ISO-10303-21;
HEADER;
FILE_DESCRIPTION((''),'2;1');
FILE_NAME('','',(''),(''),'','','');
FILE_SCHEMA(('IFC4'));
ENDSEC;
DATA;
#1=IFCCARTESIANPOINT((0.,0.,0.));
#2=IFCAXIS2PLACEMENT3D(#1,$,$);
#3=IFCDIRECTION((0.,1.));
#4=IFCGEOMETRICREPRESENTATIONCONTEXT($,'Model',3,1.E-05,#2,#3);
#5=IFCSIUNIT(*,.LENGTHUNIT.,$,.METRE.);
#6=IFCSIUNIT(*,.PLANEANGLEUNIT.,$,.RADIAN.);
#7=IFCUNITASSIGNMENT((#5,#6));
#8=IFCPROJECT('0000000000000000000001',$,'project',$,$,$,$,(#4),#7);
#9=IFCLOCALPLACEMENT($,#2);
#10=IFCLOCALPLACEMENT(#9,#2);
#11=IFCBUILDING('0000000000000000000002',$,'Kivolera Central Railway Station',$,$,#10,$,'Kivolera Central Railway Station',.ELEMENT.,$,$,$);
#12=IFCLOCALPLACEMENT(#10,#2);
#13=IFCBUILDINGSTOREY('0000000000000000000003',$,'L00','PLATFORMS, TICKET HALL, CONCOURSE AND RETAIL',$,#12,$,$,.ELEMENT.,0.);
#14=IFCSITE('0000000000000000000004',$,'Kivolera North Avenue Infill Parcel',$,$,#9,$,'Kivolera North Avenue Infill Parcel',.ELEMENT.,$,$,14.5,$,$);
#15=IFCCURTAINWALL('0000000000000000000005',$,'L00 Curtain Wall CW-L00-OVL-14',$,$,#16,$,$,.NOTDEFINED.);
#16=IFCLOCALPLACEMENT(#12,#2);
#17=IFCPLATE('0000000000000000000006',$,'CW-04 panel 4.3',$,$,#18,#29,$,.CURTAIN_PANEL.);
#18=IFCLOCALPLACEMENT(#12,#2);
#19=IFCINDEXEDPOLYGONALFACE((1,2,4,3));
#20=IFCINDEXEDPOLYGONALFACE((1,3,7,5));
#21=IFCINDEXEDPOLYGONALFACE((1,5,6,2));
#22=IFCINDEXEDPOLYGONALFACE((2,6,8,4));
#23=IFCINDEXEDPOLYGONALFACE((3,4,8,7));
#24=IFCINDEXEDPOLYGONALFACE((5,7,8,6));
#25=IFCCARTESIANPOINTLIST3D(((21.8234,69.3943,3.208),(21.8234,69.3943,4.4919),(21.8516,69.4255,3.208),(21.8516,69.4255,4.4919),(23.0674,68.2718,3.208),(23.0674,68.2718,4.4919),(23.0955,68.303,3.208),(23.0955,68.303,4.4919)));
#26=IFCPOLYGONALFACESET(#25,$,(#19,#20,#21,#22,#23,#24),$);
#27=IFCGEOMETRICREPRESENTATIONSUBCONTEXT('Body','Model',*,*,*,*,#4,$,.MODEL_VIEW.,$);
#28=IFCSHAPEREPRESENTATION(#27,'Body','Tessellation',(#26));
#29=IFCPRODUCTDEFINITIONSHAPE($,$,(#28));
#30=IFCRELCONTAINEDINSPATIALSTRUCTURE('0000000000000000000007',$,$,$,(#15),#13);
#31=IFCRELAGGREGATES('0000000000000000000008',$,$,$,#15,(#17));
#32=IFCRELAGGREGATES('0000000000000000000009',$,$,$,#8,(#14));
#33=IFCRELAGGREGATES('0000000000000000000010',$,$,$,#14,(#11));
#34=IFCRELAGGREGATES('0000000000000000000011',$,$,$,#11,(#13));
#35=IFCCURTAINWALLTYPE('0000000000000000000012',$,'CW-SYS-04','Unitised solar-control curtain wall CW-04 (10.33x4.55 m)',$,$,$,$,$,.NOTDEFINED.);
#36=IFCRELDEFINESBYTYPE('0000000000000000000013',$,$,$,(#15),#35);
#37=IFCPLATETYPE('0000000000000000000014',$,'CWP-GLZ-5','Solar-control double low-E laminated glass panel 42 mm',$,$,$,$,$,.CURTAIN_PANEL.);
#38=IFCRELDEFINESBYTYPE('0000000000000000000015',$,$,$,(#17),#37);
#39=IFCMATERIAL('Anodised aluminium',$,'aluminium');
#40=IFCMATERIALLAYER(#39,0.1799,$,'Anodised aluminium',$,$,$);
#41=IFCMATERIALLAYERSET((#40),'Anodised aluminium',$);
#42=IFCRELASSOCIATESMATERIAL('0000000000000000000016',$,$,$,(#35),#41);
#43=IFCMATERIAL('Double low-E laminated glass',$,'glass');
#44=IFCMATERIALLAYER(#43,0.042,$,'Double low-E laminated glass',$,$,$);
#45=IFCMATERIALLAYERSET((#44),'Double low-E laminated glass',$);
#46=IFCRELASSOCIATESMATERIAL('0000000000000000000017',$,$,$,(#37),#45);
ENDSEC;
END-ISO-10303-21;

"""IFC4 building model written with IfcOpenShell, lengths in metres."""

from ifc_helpers import new_model, si_unit, direction, frame, origin, origin_2d, place, context, subcontext, project, spatial, rectangle, extrude, material, layer, layer_set, type_object, element, aggregate, save


model = new_model("IFC4")

# Units and contexts
model_context = context("Model", 3, precision=1e-05, world=origin(), true_north=direction((0.0, 1.0)))
body_context = subcontext(model_context, "Body", "Model", "MODEL_VIEW")
ifc_project = project(units=[si_unit("LENGTHUNIT", "METRE"), si_unit("PLANEANGLEUNIT", "RADIAN")], contexts=[model_context])

# Site, building, storey
site_placement = place(None, origin())
site = spatial("IfcSite", under=ifc_project, at=site_placement, Name="Kivolera North Avenue Infill Parcel", LongName="Kivolera North Avenue Infill Parcel", CompositionType="ELEMENT", RefElevation=14.5)
building_placement = place(site_placement, origin())
building = spatial("IfcBuilding", under=site, at=building_placement, Name="Kivolera Central Railway Station", LongName="Kivolera Central Railway Station", CompositionType="ELEMENT")
storey_placement = place(building_placement, origin())
storey = spatial("IfcBuildingStorey", under=building, at=storey_placement, Name="L00", Description="PLATFORMS, TICKET HALL, CONCOURSE AND RETAIL", CompositionType="ELEMENT", Elevation=0.0)

# Curtain wall, plate
ifc_material_1 = material(Name="Anodised aluminium", Category="aluminium")
ifc_layer_1 = layer(ifc_material_1, 0.1799, Name="Anodised aluminium")
ifc_layer_set_1 = layer_set([ifc_layer_1], Name="Anodised aluminium")
curtain_wall_type = type_object("IfcCurtainWallType", Name="CW-SYS-04", Description="Unitised solar-control curtain wall CW-04 (10.33x4.55 m)", PredefinedType="NOTDEFINED", material=ifc_layer_set_1)
curtain_wall_placement = place(storey_placement, origin())
curtain_wall = element("IfcCurtainWall", 1, at=curtain_wall_placement, inside=storey, type_object=curtain_wall_type, Name="L00 Curtain Wall CW-L00-OVL-14", PredefinedType="NOTDEFINED")
ifc_material_2 = material(Name="Double low-E laminated glass", Category="glass")
ifc_layer_2 = layer(ifc_material_2, 0.042, Name="Double low-E laminated glass")
ifc_layer_set_2 = layer_set([ifc_layer_2], Name="Double low-E laminated glass")
plate_type = type_object("IfcPlateType", Name="CWP-GLZ-5", Description="Solar-control double low-E laminated glass panel 42 mm", PredefinedType="CURTAIN_PANEL", material=ifc_layer_set_2)
plate_1_placement = place(storey_placement, frame((22.4595, 68.8486, 3.208), z_axis=(0.0, 0.0, 1.0), x_axis=(-0.742432, 0.669922, 0.0)))
plate_1 = element("IfcPlate", 2, at=plate_1_placement, type_object=plate_type, Name="CW-04 panel 4.3", PredefinedType="CURTAIN_PANEL", context=body_context, shape_type="SweptSolid", body=[
    extrude(rectangle(XDim=1.6755, YDim=0.042, at=origin_2d()), origin(), (0.0, 0.0, 1.0), 1.2839),
])
aggregate(curtain_wall, [plate_1])

save(model, "model.ifc")
